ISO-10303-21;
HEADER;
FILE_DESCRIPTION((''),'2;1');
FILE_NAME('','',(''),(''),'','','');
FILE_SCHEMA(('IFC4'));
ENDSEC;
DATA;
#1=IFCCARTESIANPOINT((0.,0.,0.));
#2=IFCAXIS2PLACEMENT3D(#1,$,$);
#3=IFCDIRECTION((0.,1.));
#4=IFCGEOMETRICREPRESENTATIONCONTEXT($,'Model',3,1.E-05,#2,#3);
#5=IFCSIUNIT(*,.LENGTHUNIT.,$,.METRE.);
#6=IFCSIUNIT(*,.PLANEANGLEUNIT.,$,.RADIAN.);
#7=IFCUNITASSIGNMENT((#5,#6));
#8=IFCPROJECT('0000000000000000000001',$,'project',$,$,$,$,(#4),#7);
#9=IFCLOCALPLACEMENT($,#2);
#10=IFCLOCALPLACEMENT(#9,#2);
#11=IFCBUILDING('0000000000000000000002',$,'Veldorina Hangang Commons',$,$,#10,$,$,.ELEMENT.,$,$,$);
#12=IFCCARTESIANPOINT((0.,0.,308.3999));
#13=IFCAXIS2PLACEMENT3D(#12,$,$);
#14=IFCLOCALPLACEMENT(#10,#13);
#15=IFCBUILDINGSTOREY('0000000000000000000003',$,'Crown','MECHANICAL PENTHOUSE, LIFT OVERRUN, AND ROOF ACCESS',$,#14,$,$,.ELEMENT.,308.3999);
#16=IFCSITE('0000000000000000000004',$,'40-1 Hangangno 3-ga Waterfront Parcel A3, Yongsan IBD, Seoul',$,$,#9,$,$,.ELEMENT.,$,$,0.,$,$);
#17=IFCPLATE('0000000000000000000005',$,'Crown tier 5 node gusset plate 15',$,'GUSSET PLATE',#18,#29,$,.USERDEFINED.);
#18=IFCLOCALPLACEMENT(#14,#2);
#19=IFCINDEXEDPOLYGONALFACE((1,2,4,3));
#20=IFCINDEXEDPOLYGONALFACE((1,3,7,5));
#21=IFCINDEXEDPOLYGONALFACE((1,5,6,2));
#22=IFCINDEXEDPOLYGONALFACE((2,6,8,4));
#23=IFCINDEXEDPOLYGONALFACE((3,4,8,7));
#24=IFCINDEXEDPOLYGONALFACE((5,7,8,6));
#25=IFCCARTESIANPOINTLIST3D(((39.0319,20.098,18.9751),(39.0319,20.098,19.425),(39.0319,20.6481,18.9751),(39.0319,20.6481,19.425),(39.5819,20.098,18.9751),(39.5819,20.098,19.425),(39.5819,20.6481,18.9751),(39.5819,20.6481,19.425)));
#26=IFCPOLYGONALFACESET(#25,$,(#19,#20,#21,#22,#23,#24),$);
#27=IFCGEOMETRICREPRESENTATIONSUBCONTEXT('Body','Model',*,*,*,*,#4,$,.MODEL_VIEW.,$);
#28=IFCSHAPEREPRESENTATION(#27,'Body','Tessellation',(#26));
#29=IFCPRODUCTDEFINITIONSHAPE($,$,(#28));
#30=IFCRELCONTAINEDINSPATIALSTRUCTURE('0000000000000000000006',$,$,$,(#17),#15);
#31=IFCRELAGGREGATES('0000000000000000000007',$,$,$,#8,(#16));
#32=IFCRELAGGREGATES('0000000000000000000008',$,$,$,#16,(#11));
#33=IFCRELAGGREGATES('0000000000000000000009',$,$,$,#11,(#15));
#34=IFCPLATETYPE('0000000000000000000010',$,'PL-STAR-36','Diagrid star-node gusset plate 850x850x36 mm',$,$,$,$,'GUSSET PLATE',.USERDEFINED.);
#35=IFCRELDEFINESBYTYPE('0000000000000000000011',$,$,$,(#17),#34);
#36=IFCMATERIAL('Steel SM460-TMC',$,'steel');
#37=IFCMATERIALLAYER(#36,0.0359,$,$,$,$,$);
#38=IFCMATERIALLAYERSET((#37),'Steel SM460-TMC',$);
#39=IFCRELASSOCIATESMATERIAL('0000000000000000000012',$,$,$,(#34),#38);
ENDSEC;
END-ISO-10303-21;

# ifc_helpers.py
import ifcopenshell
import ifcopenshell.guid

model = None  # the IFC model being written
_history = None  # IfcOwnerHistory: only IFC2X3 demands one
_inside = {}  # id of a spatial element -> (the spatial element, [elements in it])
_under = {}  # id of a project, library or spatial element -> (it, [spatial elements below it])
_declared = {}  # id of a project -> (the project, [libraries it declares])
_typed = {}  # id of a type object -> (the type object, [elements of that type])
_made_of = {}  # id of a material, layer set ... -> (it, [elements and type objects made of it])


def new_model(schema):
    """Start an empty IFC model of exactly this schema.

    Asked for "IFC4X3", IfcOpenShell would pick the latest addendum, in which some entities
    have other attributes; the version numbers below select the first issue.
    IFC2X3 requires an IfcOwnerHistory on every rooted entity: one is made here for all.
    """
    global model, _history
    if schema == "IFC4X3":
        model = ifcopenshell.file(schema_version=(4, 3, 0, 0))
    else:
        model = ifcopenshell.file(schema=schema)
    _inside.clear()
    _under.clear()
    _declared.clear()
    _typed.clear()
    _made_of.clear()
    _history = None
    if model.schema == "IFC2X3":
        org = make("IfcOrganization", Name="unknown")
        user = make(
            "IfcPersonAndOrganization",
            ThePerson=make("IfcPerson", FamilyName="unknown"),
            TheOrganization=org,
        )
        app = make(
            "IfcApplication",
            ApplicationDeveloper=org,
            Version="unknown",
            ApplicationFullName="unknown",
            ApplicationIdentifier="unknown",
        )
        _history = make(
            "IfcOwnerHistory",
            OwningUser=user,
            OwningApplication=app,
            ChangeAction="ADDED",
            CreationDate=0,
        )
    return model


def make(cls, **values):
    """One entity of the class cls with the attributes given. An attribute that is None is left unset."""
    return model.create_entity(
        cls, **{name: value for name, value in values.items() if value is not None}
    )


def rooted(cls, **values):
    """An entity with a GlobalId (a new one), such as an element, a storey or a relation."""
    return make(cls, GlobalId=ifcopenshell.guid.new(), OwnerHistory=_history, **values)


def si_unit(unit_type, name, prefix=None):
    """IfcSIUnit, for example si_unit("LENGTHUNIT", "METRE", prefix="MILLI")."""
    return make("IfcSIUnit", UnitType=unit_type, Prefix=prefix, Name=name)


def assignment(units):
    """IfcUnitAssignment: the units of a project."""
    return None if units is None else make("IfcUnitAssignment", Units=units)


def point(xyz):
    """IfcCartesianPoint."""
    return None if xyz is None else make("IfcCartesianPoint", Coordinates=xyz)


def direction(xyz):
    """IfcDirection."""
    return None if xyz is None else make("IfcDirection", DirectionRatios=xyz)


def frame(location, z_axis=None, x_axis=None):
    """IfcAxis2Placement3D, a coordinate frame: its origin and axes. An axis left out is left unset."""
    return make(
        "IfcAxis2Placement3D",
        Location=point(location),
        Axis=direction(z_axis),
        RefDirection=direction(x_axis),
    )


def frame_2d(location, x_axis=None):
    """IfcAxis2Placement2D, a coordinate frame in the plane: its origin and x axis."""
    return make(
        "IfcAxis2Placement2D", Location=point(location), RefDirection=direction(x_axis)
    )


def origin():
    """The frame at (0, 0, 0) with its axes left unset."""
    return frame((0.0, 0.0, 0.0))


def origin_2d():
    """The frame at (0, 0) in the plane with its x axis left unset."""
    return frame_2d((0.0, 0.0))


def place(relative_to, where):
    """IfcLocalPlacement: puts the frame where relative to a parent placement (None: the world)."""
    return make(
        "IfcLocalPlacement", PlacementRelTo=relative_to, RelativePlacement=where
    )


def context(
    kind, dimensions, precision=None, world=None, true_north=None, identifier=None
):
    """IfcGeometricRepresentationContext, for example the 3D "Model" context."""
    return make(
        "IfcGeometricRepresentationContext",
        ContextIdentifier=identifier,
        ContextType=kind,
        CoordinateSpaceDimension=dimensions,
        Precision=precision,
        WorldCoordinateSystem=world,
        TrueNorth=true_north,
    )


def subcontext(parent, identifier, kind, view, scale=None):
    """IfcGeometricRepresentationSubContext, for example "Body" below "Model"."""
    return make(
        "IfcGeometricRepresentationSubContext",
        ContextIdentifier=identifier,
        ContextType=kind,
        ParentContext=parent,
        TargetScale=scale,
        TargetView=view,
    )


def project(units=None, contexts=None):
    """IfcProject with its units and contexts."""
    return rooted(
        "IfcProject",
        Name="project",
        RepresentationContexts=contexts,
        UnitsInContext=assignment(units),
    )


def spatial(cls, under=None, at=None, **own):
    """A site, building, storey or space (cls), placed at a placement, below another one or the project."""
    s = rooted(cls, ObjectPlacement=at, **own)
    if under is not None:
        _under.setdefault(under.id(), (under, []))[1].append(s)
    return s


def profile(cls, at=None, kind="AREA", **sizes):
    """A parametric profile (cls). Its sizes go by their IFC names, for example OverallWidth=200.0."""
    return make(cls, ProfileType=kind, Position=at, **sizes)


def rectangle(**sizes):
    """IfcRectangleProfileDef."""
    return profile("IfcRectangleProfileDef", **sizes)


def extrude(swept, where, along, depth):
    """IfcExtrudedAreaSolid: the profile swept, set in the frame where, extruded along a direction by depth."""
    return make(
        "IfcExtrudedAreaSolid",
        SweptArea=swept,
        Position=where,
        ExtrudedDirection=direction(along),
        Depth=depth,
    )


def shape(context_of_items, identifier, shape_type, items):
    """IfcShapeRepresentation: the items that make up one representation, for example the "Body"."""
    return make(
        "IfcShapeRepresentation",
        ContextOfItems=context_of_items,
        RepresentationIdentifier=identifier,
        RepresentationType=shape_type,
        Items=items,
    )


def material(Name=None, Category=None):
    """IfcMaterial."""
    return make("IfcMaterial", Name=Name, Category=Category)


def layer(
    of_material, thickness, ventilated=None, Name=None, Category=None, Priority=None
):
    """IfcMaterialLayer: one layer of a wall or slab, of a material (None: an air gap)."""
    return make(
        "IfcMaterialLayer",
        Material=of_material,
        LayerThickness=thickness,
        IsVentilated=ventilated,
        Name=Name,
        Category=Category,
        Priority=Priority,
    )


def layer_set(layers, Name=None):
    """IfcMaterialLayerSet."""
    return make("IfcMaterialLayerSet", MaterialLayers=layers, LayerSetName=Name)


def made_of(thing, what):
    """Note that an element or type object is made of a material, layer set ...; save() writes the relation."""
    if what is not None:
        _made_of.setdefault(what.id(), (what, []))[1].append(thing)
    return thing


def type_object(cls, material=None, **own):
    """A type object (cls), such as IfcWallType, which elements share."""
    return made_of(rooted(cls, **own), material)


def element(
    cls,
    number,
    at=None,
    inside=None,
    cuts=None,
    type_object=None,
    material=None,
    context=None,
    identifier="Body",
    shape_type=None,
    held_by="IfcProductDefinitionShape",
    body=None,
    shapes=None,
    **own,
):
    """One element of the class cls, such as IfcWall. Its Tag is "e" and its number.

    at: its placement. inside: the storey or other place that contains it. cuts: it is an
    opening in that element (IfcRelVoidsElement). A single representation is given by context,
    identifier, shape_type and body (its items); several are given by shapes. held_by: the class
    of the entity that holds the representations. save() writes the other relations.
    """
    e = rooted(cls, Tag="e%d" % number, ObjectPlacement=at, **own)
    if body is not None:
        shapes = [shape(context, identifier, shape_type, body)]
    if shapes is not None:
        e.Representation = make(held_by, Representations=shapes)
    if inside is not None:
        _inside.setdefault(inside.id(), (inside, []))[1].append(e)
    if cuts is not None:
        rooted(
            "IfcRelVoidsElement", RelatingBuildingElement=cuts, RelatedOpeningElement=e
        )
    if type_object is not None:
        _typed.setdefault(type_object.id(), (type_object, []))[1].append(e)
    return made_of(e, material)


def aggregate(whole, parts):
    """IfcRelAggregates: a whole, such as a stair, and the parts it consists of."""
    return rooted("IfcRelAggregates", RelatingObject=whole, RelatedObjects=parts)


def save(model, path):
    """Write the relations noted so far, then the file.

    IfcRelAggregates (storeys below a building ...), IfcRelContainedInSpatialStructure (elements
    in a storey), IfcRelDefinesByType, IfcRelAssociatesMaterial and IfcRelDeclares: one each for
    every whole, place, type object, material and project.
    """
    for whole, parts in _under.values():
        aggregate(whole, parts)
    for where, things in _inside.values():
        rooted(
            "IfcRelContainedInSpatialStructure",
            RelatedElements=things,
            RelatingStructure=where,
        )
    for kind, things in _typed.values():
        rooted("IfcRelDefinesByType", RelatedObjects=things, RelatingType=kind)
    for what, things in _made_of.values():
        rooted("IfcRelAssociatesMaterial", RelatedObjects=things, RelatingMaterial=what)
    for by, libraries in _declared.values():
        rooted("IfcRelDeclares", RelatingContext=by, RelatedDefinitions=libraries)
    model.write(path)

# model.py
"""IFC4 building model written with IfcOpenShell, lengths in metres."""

from ifc_helpers import new_model, si_unit, direction, frame, origin, origin_2d, place, context, subcontext, project, spatial, rectangle, extrude, material, layer, layer_set, type_object, element, save


model = new_model("IFC4")

# Units and contexts
model_context = context("Model", 3, precision=1e-05, world=origin(), true_north=direction((0.0, 1.0)))
body_context = subcontext(model_context, "Body", "Model", "MODEL_VIEW")
ifc_project = project(units=[si_unit("LENGTHUNIT", "METRE"), si_unit("PLANEANGLEUNIT", "RADIAN")], contexts=[model_context])

# Site, building, storey
site_placement = place(None, origin())
site = spatial("IfcSite", under=ifc_project, at=site_placement, Name="40-1 Hangangno 3-ga Waterfront Parcel A3, Yongsan IBD, Seoul", CompositionType="ELEMENT", RefElevation=0.0)
building_placement = place(site_placement, origin())
building = spatial("IfcBuilding", under=site, at=building_placement, Name="Veldorina Hangang Commons", CompositionType="ELEMENT")
storey_placement = place(building_placement, frame((0.0, 0.0, 308.3999)))
storey = spatial("IfcBuildingStorey", under=building, at=storey_placement, Name="Crown", Description="MECHANICAL PENTHOUSE, LIFT OVERRUN, AND ROOF ACCESS", CompositionType="ELEMENT", Elevation=308.3999)

# Shared definitions
ifc_material_1 = material(Name="Steel SM460-TMC", Category="steel")

# Plate
ifc_layer_1 = layer(ifc_material_1, 0.0359)
ifc_layer_set_1 = layer_set([ifc_layer_1], Name="Steel SM460-TMC")
plate_type_1 = type_object("IfcPlateType", Name="PL-STAR-36", Description="Diagrid star-node gusset plate 850x850x36 mm", ElementType="GUSSET PLATE", PredefinedType="USERDEFINED", material=ifc_layer_set_1)
for number, where, z_axis, x_axis, name in (
    (1, (39.3069, 20.373, 18.9751), (0.0, 0.0, 1.0), (1.0, 0.0, 0.0), "Crown tier 5 node gusset plate 15"),
):
    element("IfcPlate", number, at=place(storey_placement, frame(where, z_axis=z_axis, x_axis=x_axis)), inside=storey, type_object=plate_type_1, Name=name, ObjectType="GUSSET PLATE", PredefinedType="USERDEFINED", context=body_context, shape_type="SweptSolid", body=[
        extrude(rectangle(XDim=0.55, YDim=0.55, at=origin_2d()), origin(), (0.0, 0.0, 1.0), 0.45),
    ])

save(model, "model.ifc")
